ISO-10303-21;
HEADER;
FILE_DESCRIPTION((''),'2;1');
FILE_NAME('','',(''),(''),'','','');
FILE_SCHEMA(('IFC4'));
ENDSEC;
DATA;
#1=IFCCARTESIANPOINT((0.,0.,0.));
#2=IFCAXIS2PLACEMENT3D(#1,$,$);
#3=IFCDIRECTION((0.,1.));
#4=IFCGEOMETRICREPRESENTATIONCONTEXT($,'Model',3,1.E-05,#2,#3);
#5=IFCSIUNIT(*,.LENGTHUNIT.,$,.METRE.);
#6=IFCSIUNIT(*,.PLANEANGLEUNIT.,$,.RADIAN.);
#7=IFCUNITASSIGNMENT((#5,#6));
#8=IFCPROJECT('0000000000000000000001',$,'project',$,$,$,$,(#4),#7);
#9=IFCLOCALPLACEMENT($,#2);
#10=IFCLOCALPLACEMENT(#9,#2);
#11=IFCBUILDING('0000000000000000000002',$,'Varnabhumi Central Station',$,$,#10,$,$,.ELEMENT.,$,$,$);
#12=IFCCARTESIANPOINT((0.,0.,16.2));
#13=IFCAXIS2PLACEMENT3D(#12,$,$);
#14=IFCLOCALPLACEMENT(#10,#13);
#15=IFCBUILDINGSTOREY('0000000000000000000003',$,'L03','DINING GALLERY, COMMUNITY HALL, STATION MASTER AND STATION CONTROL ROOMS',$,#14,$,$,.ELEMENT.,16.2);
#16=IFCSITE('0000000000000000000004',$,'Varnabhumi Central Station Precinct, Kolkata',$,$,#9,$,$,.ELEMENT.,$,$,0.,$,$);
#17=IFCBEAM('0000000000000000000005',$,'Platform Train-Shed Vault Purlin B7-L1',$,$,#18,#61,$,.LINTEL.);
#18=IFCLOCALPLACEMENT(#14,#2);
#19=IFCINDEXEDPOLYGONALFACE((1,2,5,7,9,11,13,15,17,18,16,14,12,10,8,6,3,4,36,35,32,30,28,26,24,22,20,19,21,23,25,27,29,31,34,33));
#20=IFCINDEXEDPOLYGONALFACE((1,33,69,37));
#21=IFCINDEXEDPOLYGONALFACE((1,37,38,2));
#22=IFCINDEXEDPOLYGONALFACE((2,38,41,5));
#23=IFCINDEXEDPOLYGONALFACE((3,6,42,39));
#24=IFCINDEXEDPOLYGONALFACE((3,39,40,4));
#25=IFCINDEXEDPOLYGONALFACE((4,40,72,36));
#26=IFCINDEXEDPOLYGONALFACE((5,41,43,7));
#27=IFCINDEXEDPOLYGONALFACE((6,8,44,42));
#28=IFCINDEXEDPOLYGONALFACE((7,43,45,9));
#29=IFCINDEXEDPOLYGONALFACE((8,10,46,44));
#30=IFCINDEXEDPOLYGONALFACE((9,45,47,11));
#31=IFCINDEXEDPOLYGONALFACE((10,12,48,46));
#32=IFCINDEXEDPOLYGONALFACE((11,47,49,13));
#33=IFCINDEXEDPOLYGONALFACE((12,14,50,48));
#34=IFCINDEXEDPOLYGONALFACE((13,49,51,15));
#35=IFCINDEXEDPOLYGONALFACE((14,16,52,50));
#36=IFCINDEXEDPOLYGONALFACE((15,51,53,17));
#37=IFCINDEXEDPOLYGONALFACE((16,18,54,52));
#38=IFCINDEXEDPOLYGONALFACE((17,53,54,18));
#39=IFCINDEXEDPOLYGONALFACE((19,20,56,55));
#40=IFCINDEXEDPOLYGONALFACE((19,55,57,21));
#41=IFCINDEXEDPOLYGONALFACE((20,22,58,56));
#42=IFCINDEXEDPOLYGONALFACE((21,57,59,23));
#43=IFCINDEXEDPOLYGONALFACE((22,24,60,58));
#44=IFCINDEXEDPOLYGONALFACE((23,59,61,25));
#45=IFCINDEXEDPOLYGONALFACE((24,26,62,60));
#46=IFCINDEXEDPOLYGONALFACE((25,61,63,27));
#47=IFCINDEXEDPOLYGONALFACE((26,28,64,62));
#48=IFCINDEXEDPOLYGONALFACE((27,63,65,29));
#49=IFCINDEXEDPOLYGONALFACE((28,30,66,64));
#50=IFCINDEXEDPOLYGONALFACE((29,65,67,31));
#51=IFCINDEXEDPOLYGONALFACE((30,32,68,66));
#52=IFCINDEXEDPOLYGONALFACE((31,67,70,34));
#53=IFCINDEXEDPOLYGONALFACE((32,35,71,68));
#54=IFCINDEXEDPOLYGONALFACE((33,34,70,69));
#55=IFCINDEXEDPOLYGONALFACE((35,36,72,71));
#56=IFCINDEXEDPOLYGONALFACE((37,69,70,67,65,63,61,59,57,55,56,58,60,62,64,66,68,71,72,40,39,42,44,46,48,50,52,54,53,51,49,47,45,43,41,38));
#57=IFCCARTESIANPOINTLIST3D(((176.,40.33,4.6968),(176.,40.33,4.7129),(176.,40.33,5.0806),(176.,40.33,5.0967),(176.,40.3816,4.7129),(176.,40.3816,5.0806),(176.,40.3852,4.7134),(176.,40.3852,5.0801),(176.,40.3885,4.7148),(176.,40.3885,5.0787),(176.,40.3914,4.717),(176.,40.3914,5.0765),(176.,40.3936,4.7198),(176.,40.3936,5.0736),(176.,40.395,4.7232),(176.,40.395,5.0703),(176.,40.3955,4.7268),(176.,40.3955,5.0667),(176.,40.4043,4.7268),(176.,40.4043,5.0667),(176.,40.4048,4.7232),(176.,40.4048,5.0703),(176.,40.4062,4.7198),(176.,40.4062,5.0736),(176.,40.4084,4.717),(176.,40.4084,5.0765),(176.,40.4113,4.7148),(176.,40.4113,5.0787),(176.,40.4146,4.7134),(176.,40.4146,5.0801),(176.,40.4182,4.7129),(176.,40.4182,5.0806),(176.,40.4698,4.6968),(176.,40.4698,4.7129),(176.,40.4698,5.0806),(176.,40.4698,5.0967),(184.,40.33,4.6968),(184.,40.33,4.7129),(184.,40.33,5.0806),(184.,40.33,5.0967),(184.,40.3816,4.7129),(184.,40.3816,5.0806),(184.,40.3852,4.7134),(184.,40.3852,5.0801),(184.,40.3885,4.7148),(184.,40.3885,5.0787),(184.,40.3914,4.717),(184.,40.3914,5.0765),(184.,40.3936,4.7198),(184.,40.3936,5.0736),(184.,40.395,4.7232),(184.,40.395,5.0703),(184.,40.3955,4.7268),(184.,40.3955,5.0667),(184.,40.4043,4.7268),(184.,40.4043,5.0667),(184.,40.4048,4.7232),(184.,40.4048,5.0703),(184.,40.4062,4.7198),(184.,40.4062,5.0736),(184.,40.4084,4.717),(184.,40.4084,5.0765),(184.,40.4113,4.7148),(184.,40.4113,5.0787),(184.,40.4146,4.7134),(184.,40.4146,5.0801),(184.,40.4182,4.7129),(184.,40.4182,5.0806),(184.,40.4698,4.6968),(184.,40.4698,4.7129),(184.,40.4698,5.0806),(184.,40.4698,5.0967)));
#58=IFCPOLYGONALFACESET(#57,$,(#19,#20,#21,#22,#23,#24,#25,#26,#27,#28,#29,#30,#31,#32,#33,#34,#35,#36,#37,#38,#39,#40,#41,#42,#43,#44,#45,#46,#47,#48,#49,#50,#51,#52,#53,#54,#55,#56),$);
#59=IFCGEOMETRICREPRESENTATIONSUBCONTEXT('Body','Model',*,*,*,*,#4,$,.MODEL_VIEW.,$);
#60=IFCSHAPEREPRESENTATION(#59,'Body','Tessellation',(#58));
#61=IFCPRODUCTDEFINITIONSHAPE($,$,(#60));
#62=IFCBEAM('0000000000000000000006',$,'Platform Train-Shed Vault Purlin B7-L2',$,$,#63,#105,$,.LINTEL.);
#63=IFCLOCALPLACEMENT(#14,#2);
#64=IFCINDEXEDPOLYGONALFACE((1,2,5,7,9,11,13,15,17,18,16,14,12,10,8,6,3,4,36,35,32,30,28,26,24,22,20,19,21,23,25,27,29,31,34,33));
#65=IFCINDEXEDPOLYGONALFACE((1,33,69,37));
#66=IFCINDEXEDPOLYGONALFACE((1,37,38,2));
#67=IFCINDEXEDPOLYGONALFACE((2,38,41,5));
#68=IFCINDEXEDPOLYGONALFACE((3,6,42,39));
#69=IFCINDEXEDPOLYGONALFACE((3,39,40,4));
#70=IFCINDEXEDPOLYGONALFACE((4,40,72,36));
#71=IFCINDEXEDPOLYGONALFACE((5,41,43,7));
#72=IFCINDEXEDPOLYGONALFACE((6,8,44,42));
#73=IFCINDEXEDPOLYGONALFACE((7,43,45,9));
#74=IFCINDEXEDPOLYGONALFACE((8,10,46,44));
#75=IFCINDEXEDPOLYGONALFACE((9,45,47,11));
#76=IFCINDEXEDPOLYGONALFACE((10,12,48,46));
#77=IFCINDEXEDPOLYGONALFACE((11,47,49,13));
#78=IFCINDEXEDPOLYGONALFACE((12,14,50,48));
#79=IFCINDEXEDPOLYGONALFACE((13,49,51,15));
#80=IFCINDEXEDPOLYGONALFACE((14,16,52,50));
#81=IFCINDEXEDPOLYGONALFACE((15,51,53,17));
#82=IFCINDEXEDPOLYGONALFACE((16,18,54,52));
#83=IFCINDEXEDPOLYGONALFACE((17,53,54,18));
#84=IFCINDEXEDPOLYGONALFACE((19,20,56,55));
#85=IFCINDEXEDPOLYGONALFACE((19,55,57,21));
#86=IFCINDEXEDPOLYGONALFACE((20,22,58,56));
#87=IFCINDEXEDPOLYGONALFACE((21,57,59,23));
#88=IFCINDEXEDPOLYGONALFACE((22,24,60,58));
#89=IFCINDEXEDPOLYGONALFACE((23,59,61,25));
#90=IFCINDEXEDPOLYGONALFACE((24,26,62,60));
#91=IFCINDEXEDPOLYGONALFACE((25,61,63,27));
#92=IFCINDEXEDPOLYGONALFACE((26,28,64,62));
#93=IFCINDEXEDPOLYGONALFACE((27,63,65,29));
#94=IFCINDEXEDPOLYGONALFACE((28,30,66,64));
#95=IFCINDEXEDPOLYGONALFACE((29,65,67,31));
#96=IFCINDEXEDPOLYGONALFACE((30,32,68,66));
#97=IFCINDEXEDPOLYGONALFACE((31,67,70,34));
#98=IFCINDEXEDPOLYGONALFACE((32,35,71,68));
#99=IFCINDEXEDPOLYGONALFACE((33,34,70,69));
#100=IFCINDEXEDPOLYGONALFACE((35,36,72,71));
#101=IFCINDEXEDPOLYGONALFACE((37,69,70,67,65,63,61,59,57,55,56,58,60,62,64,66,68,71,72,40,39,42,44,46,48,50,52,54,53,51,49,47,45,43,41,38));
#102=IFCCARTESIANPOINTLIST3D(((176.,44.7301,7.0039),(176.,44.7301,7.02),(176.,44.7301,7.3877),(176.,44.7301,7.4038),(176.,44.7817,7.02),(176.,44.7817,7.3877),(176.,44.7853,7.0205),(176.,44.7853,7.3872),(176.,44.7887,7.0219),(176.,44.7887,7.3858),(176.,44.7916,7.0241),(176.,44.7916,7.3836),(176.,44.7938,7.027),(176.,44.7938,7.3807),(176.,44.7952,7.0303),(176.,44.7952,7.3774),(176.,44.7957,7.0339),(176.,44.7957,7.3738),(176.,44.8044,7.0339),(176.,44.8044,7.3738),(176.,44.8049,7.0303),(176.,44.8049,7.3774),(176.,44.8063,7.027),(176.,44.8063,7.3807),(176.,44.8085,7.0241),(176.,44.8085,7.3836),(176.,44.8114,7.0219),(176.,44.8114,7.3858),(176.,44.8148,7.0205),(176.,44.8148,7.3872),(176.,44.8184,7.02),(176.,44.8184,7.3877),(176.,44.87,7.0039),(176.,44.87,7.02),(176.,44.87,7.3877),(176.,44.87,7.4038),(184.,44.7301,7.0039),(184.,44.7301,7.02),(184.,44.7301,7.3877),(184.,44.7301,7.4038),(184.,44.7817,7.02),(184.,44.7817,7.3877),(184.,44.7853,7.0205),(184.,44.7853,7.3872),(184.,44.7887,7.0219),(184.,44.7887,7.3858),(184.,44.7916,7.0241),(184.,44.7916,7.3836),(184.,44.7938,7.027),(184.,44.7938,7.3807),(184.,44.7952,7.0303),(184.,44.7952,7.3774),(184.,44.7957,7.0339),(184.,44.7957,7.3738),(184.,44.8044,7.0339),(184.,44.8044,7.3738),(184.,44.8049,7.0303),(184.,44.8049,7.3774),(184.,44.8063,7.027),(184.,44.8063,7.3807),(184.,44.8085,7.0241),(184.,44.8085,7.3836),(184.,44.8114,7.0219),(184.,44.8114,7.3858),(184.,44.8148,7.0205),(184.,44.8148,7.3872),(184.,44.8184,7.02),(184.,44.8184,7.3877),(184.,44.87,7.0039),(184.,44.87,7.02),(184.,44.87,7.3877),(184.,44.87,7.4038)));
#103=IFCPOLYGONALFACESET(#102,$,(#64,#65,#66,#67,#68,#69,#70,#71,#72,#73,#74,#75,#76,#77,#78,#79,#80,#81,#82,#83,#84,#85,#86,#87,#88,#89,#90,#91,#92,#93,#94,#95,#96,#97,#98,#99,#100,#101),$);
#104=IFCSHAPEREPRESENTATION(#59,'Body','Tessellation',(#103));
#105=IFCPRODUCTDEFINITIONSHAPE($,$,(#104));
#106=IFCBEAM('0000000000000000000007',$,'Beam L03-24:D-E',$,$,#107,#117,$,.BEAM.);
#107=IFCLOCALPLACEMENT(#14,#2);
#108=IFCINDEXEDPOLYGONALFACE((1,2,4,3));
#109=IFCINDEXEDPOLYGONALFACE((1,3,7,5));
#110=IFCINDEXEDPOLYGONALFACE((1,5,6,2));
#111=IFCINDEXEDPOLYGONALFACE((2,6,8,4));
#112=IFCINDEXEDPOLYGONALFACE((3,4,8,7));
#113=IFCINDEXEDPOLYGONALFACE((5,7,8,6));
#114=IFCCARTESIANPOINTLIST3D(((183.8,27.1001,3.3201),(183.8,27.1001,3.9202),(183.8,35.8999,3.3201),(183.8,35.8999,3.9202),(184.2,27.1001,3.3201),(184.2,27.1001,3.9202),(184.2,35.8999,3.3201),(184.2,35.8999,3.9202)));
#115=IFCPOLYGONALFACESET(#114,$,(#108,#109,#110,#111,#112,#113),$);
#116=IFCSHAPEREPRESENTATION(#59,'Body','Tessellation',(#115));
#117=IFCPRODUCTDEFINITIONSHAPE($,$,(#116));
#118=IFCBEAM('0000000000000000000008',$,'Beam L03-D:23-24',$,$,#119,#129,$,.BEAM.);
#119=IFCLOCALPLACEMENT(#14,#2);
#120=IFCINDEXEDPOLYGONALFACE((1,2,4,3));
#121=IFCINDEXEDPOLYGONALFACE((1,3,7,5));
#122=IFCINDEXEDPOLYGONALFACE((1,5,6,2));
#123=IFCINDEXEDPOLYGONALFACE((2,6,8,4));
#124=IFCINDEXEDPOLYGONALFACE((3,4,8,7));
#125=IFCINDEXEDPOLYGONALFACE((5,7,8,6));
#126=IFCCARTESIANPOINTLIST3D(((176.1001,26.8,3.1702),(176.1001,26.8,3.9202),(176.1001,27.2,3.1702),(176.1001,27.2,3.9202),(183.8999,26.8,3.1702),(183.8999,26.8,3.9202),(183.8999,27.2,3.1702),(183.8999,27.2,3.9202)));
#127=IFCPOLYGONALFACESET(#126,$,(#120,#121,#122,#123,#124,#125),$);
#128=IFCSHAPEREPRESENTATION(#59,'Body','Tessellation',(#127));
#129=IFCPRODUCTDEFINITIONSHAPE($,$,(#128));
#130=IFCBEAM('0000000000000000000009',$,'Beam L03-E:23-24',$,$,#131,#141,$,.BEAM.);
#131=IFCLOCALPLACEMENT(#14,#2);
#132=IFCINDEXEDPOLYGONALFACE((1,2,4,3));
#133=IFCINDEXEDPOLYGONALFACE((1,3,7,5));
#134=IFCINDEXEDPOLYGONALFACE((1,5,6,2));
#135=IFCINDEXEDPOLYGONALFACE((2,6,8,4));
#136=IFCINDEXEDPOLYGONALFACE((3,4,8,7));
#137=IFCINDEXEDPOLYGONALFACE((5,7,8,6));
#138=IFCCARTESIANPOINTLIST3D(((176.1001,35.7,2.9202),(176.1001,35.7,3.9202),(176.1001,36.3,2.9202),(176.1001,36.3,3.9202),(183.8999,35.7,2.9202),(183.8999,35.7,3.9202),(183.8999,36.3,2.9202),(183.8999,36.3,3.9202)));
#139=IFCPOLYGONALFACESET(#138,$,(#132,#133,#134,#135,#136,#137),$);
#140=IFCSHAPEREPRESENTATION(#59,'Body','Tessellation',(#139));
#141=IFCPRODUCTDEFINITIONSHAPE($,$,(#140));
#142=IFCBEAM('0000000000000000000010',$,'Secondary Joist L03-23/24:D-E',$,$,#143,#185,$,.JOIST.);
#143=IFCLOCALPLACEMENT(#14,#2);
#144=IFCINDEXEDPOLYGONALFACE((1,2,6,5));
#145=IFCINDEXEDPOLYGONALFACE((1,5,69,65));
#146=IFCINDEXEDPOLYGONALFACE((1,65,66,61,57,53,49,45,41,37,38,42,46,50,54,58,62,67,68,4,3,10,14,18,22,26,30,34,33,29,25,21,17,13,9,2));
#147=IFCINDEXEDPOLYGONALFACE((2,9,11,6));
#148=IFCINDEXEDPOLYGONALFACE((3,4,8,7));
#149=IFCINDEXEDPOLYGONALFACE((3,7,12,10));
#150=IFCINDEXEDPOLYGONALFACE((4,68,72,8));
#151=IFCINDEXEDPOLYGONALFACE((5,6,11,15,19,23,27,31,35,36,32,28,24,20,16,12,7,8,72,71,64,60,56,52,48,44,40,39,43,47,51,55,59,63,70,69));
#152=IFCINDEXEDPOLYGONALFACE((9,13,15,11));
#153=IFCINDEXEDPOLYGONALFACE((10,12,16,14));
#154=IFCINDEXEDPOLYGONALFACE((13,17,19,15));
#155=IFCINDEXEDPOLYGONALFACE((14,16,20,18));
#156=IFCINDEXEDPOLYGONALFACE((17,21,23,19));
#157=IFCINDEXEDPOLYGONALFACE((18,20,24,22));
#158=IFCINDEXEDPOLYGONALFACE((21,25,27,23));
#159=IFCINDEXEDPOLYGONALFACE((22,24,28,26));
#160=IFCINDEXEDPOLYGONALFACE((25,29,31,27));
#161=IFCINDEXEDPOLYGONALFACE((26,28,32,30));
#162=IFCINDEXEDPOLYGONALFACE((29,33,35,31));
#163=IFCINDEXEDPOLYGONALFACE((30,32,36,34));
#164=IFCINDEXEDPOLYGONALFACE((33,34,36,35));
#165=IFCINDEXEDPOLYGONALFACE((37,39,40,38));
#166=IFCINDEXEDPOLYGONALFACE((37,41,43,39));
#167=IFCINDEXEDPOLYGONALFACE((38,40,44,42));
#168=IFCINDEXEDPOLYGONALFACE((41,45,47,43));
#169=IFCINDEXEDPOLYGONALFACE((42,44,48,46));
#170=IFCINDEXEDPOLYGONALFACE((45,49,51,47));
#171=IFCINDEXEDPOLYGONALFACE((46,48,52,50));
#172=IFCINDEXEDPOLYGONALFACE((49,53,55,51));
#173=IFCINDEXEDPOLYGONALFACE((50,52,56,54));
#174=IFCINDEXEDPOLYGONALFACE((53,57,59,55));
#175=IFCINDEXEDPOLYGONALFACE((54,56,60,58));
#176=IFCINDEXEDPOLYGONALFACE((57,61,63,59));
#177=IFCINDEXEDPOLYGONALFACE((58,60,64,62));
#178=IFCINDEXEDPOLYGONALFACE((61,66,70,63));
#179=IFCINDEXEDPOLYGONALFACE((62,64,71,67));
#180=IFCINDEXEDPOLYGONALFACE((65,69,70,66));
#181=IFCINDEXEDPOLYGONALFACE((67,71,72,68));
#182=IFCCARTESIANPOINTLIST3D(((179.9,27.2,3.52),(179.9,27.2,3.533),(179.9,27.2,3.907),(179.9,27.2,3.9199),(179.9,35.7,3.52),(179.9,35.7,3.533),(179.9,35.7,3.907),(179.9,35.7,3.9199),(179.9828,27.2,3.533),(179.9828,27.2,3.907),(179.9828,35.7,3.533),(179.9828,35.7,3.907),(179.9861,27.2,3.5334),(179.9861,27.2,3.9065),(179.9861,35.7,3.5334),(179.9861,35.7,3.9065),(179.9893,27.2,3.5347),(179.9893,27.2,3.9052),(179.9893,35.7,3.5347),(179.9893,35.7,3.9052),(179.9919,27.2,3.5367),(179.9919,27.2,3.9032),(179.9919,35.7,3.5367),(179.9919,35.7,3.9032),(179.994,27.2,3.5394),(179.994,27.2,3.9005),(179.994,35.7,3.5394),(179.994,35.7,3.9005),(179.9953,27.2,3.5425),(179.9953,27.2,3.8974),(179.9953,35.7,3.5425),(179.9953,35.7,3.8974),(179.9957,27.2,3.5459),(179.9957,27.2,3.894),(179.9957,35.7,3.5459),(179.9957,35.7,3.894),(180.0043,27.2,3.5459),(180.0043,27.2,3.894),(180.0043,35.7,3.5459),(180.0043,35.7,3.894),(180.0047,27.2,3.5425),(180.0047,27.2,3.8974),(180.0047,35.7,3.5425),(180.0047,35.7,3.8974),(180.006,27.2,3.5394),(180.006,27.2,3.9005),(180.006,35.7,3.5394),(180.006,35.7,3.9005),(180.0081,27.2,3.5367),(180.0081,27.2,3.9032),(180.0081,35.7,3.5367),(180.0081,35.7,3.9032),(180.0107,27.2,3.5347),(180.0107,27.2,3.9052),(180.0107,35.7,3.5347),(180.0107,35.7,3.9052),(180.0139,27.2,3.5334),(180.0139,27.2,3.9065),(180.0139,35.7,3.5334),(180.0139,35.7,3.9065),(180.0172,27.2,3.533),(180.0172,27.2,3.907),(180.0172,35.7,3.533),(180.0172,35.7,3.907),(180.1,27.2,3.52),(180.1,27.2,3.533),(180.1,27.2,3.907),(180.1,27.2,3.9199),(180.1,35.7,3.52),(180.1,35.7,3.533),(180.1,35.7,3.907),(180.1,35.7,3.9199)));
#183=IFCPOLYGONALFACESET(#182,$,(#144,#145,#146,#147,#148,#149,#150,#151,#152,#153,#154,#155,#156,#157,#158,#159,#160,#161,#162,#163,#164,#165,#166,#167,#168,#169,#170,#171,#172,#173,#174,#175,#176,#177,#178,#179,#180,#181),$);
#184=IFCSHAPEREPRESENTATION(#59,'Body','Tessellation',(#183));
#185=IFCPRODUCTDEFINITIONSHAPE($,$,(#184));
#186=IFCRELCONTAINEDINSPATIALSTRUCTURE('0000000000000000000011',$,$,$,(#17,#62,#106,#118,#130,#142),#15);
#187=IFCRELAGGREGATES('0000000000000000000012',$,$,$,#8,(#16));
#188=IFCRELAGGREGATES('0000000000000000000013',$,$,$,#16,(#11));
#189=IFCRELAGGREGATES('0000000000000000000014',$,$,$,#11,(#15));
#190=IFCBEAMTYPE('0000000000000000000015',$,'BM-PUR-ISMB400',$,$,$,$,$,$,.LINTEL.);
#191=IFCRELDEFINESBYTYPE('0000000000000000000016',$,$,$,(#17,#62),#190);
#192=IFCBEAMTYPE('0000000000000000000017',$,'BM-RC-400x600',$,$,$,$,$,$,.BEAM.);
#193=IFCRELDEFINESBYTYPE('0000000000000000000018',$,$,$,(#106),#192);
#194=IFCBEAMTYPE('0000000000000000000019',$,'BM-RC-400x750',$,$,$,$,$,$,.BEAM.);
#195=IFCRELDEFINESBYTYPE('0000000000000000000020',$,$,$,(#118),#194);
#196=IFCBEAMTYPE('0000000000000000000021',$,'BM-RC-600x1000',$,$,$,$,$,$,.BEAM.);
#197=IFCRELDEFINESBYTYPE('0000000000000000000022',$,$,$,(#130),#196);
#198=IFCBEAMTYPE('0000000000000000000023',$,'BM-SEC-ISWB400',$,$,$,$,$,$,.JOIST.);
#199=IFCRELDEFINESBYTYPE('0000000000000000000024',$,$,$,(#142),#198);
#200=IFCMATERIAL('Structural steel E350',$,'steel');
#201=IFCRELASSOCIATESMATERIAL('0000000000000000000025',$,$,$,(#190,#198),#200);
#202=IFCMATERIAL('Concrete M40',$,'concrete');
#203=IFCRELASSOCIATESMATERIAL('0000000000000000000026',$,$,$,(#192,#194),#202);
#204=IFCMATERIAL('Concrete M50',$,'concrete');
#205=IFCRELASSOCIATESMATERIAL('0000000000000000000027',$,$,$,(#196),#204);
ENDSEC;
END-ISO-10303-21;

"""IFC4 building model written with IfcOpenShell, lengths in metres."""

from ifc_helpers import new_model, si_unit, direction, frame, origin, origin_2d, place, context, subcontext, project, spatial, rectangle, i_section, extrude, material, material_profile, profile_set, type_object, element, save


model = new_model("IFC4")

# Units and contexts
model_context = context("Model", 3, precision=1e-05, world=origin(), true_north=direction((0.0, 1.0)))
body_context = subcontext(model_context, "Body", "Model", "MODEL_VIEW")
ifc_project = project(units=[si_unit("LENGTHUNIT", "METRE"), si_unit("PLANEANGLEUNIT", "RADIAN")], contexts=[model_context])

# Site, building, storey
site_placement = place(None, origin())
site = spatial("IfcSite", under=ifc_project, at=site_placement, Name="Varnabhumi Central Station Precinct, Kolkata", CompositionType="ELEMENT", RefElevation=0.0)
building_placement = place(site_placement, origin())
building = spatial("IfcBuilding", under=site, at=building_placement, Name="Varnabhumi Central Station", CompositionType="ELEMENT")
storey_placement = place(building_placement, frame((0.0, 0.0, 16.2)))
storey = spatial("IfcBuildingStorey", under=building, at=storey_placement, Name="L03", Description="DINING GALLERY, COMMUNITY HALL, STATION MASTER AND STATION CONTROL ROOMS", CompositionType="ELEMENT", Elevation=16.2)

# Shared definitions
ifc_material_1 = material(Name="Concrete M40", Category="concrete")

# Beams
ifc_material_2 = material(Name="Structural steel E350", Category="steel")
ifc_material_profile_1 = material_profile(ifc_material_2, i_section(OverallWidth=0.1399, OverallDepth=0.3999, WebThickness=0.0088, FlangeThickness=0.0161, FilletRadius=0.0139, at=origin_2d()), Name="Structural steel E350", Category="steel")
ifc_profile_set_1 = profile_set([ifc_material_profile_1], Name="Structural steel E350")
beam_type_1 = type_object("IfcBeamType", Name="BM-PUR-ISMB400", PredefinedType="LINTEL", material=ifc_profile_set_1)
for number, where, z_axis, x_axis, name in (
    (1, (176.0, 40.3999, 4.8967), (1.0, 0.0, 0.0), (0.0, 1.0, 0.0), "Platform Train-Shed Vault Purlin B7-L1"),
    (2, (176.0, 44.8, 7.2039), (1.0, 0.0, 0.0), (0.0, 1.0, 0.0), "Platform Train-Shed Vault Purlin B7-L2"),
):
    element("IfcBeam", number, at=place(storey_placement, frame(where, z_axis=z_axis, x_axis=x_axis)), inside=storey, type_object=beam_type_1, Name=name, PredefinedType="LINTEL", context=body_context, shape_type="SweptSolid", body=[
        extrude(i_section(OverallWidth=0.1399, OverallDepth=0.3999, WebThickness=0.0088, FlangeThickness=0.0161, FilletRadius=0.0139, at=origin_2d()), origin(), (0.0, 0.0, 1.0), 8.0),
    ])
ifc_material_profile_2 = material_profile(ifc_material_1, rectangle(XDim=0.3999, YDim=0.6001, at=origin_2d()), Name="Concrete M40", Category="concrete")
ifc_profile_set_2 = profile_set([ifc_material_profile_2], Name="Concrete M40")
beam_type_2 = type_object("IfcBeamType", Name="BM-RC-400x600", PredefinedType="BEAM", material=ifc_profile_set_2)
beam_1_placement = place(storey_placement, frame((184.0, 27.1001, 3.6201), z_axis=(0.0, 1.0, 0.0), x_axis=(-1.0, 0.0, 0.0)))
element("IfcBeam", 3, at=beam_1_placement, inside=storey, type_object=beam_type_2, Name="Beam L03-24:D-E", PredefinedType="BEAM", context=body_context, shape_type="SweptSolid", body=[
    extrude(rectangle(XDim=0.3999, YDim=0.6001, at=origin_2d()), origin(), (0.0, 0.0, 1.0), 8.7998),
])
ifc_material_profile_3 = material_profile(ifc_material_1, rectangle(XDim=0.3999, YDim=0.75, at=origin_2d()), Name="Concrete M40", Category="concrete")
ifc_profile_set_3 = profile_set([ifc_material_profile_3], Name="Concrete M40")
beam_type_3 = type_object("IfcBeamType", Name="BM-RC-400x750", PredefinedType="BEAM", material=ifc_profile_set_3)
beam_2_placement = place(storey_placement, frame((176.1001, 27.0, 3.5452), z_axis=(1.0, 0.0, 0.0), x_axis=(0.0, 1.0, 0.0)))
element("IfcBeam", 4, at=beam_2_placement, inside=storey, type_object=beam_type_3, Name="Beam L03-D:23-24", PredefinedType="BEAM", context=body_context, shape_type="SweptSolid", body=[
    extrude(rectangle(XDim=0.3999, YDim=0.75, at=origin_2d()), origin(), (0.0, 0.0, 1.0), 7.7998),
])
ifc_material_3 = material(Name="Concrete M50", Category="concrete")
ifc_material_profile_4 = material_profile(ifc_material_3, rectangle(XDim=0.6001, YDim=1.0, at=origin_2d()), Name="Concrete M50", Category="concrete")
ifc_profile_set_4 = profile_set([ifc_material_profile_4], Name="Concrete M50")
beam_type_4 = type_object("IfcBeamType", Name="BM-RC-600x1000", PredefinedType="BEAM", material=ifc_profile_set_4)
beam_3_placement = place(storey_placement, frame((176.1001, 36.0, 3.4202), z_axis=(1.0, 0.0, 0.0), x_axis=(0.0, 1.0, 0.0)))
element("IfcBeam", 5, at=beam_3_placement, inside=storey, type_object=beam_type_4, Name="Beam L03-E:23-24", PredefinedType="BEAM", context=body_context, shape_type="SweptSolid", body=[
    extrude(rectangle(XDim=0.6001, YDim=1.0, at=origin_2d()), origin(), (0.0, 0.0, 1.0), 7.7998),
])
ifc_material_profile_5 = material_profile(ifc_material_2, i_section(OverallWidth=0.2, OverallDepth=0.3999, WebThickness=0.0085, FlangeThickness=0.0129, FilletRadius=0.0129, at=origin_2d()), Name="Structural steel E350", Category="steel")
ifc_profile_set_5 = profile_set([ifc_material_profile_5], Name="Structural steel E350")
beam_type_5 = type_object("IfcBeamType", Name="BM-SEC-ISWB400", PredefinedType="JOIST", material=ifc_profile_set_5)
beam_4_placement = place(storey_placement, frame((180.0, 27.2, 3.72), z_axis=(0.0, 1.0, 0.0), x_axis=(-1.0, 0.0, 0.0)))
element("IfcBeam", 6, at=beam_4_placement, inside=storey, type_object=beam_type_5, Name="Secondary Joist L03-23/24:D-E", PredefinedType="JOIST", context=body_context, shape_type="SweptSolid", body=[
    extrude(i_section(OverallWidth=0.2, OverallDepth=0.3999, WebThickness=0.0085, FlangeThickness=0.0129, FilletRadius=0.0129, at=origin_2d()), origin(), (0.0, 0.0, 1.0), 8.5),
])

save(model, "model.ifc")
